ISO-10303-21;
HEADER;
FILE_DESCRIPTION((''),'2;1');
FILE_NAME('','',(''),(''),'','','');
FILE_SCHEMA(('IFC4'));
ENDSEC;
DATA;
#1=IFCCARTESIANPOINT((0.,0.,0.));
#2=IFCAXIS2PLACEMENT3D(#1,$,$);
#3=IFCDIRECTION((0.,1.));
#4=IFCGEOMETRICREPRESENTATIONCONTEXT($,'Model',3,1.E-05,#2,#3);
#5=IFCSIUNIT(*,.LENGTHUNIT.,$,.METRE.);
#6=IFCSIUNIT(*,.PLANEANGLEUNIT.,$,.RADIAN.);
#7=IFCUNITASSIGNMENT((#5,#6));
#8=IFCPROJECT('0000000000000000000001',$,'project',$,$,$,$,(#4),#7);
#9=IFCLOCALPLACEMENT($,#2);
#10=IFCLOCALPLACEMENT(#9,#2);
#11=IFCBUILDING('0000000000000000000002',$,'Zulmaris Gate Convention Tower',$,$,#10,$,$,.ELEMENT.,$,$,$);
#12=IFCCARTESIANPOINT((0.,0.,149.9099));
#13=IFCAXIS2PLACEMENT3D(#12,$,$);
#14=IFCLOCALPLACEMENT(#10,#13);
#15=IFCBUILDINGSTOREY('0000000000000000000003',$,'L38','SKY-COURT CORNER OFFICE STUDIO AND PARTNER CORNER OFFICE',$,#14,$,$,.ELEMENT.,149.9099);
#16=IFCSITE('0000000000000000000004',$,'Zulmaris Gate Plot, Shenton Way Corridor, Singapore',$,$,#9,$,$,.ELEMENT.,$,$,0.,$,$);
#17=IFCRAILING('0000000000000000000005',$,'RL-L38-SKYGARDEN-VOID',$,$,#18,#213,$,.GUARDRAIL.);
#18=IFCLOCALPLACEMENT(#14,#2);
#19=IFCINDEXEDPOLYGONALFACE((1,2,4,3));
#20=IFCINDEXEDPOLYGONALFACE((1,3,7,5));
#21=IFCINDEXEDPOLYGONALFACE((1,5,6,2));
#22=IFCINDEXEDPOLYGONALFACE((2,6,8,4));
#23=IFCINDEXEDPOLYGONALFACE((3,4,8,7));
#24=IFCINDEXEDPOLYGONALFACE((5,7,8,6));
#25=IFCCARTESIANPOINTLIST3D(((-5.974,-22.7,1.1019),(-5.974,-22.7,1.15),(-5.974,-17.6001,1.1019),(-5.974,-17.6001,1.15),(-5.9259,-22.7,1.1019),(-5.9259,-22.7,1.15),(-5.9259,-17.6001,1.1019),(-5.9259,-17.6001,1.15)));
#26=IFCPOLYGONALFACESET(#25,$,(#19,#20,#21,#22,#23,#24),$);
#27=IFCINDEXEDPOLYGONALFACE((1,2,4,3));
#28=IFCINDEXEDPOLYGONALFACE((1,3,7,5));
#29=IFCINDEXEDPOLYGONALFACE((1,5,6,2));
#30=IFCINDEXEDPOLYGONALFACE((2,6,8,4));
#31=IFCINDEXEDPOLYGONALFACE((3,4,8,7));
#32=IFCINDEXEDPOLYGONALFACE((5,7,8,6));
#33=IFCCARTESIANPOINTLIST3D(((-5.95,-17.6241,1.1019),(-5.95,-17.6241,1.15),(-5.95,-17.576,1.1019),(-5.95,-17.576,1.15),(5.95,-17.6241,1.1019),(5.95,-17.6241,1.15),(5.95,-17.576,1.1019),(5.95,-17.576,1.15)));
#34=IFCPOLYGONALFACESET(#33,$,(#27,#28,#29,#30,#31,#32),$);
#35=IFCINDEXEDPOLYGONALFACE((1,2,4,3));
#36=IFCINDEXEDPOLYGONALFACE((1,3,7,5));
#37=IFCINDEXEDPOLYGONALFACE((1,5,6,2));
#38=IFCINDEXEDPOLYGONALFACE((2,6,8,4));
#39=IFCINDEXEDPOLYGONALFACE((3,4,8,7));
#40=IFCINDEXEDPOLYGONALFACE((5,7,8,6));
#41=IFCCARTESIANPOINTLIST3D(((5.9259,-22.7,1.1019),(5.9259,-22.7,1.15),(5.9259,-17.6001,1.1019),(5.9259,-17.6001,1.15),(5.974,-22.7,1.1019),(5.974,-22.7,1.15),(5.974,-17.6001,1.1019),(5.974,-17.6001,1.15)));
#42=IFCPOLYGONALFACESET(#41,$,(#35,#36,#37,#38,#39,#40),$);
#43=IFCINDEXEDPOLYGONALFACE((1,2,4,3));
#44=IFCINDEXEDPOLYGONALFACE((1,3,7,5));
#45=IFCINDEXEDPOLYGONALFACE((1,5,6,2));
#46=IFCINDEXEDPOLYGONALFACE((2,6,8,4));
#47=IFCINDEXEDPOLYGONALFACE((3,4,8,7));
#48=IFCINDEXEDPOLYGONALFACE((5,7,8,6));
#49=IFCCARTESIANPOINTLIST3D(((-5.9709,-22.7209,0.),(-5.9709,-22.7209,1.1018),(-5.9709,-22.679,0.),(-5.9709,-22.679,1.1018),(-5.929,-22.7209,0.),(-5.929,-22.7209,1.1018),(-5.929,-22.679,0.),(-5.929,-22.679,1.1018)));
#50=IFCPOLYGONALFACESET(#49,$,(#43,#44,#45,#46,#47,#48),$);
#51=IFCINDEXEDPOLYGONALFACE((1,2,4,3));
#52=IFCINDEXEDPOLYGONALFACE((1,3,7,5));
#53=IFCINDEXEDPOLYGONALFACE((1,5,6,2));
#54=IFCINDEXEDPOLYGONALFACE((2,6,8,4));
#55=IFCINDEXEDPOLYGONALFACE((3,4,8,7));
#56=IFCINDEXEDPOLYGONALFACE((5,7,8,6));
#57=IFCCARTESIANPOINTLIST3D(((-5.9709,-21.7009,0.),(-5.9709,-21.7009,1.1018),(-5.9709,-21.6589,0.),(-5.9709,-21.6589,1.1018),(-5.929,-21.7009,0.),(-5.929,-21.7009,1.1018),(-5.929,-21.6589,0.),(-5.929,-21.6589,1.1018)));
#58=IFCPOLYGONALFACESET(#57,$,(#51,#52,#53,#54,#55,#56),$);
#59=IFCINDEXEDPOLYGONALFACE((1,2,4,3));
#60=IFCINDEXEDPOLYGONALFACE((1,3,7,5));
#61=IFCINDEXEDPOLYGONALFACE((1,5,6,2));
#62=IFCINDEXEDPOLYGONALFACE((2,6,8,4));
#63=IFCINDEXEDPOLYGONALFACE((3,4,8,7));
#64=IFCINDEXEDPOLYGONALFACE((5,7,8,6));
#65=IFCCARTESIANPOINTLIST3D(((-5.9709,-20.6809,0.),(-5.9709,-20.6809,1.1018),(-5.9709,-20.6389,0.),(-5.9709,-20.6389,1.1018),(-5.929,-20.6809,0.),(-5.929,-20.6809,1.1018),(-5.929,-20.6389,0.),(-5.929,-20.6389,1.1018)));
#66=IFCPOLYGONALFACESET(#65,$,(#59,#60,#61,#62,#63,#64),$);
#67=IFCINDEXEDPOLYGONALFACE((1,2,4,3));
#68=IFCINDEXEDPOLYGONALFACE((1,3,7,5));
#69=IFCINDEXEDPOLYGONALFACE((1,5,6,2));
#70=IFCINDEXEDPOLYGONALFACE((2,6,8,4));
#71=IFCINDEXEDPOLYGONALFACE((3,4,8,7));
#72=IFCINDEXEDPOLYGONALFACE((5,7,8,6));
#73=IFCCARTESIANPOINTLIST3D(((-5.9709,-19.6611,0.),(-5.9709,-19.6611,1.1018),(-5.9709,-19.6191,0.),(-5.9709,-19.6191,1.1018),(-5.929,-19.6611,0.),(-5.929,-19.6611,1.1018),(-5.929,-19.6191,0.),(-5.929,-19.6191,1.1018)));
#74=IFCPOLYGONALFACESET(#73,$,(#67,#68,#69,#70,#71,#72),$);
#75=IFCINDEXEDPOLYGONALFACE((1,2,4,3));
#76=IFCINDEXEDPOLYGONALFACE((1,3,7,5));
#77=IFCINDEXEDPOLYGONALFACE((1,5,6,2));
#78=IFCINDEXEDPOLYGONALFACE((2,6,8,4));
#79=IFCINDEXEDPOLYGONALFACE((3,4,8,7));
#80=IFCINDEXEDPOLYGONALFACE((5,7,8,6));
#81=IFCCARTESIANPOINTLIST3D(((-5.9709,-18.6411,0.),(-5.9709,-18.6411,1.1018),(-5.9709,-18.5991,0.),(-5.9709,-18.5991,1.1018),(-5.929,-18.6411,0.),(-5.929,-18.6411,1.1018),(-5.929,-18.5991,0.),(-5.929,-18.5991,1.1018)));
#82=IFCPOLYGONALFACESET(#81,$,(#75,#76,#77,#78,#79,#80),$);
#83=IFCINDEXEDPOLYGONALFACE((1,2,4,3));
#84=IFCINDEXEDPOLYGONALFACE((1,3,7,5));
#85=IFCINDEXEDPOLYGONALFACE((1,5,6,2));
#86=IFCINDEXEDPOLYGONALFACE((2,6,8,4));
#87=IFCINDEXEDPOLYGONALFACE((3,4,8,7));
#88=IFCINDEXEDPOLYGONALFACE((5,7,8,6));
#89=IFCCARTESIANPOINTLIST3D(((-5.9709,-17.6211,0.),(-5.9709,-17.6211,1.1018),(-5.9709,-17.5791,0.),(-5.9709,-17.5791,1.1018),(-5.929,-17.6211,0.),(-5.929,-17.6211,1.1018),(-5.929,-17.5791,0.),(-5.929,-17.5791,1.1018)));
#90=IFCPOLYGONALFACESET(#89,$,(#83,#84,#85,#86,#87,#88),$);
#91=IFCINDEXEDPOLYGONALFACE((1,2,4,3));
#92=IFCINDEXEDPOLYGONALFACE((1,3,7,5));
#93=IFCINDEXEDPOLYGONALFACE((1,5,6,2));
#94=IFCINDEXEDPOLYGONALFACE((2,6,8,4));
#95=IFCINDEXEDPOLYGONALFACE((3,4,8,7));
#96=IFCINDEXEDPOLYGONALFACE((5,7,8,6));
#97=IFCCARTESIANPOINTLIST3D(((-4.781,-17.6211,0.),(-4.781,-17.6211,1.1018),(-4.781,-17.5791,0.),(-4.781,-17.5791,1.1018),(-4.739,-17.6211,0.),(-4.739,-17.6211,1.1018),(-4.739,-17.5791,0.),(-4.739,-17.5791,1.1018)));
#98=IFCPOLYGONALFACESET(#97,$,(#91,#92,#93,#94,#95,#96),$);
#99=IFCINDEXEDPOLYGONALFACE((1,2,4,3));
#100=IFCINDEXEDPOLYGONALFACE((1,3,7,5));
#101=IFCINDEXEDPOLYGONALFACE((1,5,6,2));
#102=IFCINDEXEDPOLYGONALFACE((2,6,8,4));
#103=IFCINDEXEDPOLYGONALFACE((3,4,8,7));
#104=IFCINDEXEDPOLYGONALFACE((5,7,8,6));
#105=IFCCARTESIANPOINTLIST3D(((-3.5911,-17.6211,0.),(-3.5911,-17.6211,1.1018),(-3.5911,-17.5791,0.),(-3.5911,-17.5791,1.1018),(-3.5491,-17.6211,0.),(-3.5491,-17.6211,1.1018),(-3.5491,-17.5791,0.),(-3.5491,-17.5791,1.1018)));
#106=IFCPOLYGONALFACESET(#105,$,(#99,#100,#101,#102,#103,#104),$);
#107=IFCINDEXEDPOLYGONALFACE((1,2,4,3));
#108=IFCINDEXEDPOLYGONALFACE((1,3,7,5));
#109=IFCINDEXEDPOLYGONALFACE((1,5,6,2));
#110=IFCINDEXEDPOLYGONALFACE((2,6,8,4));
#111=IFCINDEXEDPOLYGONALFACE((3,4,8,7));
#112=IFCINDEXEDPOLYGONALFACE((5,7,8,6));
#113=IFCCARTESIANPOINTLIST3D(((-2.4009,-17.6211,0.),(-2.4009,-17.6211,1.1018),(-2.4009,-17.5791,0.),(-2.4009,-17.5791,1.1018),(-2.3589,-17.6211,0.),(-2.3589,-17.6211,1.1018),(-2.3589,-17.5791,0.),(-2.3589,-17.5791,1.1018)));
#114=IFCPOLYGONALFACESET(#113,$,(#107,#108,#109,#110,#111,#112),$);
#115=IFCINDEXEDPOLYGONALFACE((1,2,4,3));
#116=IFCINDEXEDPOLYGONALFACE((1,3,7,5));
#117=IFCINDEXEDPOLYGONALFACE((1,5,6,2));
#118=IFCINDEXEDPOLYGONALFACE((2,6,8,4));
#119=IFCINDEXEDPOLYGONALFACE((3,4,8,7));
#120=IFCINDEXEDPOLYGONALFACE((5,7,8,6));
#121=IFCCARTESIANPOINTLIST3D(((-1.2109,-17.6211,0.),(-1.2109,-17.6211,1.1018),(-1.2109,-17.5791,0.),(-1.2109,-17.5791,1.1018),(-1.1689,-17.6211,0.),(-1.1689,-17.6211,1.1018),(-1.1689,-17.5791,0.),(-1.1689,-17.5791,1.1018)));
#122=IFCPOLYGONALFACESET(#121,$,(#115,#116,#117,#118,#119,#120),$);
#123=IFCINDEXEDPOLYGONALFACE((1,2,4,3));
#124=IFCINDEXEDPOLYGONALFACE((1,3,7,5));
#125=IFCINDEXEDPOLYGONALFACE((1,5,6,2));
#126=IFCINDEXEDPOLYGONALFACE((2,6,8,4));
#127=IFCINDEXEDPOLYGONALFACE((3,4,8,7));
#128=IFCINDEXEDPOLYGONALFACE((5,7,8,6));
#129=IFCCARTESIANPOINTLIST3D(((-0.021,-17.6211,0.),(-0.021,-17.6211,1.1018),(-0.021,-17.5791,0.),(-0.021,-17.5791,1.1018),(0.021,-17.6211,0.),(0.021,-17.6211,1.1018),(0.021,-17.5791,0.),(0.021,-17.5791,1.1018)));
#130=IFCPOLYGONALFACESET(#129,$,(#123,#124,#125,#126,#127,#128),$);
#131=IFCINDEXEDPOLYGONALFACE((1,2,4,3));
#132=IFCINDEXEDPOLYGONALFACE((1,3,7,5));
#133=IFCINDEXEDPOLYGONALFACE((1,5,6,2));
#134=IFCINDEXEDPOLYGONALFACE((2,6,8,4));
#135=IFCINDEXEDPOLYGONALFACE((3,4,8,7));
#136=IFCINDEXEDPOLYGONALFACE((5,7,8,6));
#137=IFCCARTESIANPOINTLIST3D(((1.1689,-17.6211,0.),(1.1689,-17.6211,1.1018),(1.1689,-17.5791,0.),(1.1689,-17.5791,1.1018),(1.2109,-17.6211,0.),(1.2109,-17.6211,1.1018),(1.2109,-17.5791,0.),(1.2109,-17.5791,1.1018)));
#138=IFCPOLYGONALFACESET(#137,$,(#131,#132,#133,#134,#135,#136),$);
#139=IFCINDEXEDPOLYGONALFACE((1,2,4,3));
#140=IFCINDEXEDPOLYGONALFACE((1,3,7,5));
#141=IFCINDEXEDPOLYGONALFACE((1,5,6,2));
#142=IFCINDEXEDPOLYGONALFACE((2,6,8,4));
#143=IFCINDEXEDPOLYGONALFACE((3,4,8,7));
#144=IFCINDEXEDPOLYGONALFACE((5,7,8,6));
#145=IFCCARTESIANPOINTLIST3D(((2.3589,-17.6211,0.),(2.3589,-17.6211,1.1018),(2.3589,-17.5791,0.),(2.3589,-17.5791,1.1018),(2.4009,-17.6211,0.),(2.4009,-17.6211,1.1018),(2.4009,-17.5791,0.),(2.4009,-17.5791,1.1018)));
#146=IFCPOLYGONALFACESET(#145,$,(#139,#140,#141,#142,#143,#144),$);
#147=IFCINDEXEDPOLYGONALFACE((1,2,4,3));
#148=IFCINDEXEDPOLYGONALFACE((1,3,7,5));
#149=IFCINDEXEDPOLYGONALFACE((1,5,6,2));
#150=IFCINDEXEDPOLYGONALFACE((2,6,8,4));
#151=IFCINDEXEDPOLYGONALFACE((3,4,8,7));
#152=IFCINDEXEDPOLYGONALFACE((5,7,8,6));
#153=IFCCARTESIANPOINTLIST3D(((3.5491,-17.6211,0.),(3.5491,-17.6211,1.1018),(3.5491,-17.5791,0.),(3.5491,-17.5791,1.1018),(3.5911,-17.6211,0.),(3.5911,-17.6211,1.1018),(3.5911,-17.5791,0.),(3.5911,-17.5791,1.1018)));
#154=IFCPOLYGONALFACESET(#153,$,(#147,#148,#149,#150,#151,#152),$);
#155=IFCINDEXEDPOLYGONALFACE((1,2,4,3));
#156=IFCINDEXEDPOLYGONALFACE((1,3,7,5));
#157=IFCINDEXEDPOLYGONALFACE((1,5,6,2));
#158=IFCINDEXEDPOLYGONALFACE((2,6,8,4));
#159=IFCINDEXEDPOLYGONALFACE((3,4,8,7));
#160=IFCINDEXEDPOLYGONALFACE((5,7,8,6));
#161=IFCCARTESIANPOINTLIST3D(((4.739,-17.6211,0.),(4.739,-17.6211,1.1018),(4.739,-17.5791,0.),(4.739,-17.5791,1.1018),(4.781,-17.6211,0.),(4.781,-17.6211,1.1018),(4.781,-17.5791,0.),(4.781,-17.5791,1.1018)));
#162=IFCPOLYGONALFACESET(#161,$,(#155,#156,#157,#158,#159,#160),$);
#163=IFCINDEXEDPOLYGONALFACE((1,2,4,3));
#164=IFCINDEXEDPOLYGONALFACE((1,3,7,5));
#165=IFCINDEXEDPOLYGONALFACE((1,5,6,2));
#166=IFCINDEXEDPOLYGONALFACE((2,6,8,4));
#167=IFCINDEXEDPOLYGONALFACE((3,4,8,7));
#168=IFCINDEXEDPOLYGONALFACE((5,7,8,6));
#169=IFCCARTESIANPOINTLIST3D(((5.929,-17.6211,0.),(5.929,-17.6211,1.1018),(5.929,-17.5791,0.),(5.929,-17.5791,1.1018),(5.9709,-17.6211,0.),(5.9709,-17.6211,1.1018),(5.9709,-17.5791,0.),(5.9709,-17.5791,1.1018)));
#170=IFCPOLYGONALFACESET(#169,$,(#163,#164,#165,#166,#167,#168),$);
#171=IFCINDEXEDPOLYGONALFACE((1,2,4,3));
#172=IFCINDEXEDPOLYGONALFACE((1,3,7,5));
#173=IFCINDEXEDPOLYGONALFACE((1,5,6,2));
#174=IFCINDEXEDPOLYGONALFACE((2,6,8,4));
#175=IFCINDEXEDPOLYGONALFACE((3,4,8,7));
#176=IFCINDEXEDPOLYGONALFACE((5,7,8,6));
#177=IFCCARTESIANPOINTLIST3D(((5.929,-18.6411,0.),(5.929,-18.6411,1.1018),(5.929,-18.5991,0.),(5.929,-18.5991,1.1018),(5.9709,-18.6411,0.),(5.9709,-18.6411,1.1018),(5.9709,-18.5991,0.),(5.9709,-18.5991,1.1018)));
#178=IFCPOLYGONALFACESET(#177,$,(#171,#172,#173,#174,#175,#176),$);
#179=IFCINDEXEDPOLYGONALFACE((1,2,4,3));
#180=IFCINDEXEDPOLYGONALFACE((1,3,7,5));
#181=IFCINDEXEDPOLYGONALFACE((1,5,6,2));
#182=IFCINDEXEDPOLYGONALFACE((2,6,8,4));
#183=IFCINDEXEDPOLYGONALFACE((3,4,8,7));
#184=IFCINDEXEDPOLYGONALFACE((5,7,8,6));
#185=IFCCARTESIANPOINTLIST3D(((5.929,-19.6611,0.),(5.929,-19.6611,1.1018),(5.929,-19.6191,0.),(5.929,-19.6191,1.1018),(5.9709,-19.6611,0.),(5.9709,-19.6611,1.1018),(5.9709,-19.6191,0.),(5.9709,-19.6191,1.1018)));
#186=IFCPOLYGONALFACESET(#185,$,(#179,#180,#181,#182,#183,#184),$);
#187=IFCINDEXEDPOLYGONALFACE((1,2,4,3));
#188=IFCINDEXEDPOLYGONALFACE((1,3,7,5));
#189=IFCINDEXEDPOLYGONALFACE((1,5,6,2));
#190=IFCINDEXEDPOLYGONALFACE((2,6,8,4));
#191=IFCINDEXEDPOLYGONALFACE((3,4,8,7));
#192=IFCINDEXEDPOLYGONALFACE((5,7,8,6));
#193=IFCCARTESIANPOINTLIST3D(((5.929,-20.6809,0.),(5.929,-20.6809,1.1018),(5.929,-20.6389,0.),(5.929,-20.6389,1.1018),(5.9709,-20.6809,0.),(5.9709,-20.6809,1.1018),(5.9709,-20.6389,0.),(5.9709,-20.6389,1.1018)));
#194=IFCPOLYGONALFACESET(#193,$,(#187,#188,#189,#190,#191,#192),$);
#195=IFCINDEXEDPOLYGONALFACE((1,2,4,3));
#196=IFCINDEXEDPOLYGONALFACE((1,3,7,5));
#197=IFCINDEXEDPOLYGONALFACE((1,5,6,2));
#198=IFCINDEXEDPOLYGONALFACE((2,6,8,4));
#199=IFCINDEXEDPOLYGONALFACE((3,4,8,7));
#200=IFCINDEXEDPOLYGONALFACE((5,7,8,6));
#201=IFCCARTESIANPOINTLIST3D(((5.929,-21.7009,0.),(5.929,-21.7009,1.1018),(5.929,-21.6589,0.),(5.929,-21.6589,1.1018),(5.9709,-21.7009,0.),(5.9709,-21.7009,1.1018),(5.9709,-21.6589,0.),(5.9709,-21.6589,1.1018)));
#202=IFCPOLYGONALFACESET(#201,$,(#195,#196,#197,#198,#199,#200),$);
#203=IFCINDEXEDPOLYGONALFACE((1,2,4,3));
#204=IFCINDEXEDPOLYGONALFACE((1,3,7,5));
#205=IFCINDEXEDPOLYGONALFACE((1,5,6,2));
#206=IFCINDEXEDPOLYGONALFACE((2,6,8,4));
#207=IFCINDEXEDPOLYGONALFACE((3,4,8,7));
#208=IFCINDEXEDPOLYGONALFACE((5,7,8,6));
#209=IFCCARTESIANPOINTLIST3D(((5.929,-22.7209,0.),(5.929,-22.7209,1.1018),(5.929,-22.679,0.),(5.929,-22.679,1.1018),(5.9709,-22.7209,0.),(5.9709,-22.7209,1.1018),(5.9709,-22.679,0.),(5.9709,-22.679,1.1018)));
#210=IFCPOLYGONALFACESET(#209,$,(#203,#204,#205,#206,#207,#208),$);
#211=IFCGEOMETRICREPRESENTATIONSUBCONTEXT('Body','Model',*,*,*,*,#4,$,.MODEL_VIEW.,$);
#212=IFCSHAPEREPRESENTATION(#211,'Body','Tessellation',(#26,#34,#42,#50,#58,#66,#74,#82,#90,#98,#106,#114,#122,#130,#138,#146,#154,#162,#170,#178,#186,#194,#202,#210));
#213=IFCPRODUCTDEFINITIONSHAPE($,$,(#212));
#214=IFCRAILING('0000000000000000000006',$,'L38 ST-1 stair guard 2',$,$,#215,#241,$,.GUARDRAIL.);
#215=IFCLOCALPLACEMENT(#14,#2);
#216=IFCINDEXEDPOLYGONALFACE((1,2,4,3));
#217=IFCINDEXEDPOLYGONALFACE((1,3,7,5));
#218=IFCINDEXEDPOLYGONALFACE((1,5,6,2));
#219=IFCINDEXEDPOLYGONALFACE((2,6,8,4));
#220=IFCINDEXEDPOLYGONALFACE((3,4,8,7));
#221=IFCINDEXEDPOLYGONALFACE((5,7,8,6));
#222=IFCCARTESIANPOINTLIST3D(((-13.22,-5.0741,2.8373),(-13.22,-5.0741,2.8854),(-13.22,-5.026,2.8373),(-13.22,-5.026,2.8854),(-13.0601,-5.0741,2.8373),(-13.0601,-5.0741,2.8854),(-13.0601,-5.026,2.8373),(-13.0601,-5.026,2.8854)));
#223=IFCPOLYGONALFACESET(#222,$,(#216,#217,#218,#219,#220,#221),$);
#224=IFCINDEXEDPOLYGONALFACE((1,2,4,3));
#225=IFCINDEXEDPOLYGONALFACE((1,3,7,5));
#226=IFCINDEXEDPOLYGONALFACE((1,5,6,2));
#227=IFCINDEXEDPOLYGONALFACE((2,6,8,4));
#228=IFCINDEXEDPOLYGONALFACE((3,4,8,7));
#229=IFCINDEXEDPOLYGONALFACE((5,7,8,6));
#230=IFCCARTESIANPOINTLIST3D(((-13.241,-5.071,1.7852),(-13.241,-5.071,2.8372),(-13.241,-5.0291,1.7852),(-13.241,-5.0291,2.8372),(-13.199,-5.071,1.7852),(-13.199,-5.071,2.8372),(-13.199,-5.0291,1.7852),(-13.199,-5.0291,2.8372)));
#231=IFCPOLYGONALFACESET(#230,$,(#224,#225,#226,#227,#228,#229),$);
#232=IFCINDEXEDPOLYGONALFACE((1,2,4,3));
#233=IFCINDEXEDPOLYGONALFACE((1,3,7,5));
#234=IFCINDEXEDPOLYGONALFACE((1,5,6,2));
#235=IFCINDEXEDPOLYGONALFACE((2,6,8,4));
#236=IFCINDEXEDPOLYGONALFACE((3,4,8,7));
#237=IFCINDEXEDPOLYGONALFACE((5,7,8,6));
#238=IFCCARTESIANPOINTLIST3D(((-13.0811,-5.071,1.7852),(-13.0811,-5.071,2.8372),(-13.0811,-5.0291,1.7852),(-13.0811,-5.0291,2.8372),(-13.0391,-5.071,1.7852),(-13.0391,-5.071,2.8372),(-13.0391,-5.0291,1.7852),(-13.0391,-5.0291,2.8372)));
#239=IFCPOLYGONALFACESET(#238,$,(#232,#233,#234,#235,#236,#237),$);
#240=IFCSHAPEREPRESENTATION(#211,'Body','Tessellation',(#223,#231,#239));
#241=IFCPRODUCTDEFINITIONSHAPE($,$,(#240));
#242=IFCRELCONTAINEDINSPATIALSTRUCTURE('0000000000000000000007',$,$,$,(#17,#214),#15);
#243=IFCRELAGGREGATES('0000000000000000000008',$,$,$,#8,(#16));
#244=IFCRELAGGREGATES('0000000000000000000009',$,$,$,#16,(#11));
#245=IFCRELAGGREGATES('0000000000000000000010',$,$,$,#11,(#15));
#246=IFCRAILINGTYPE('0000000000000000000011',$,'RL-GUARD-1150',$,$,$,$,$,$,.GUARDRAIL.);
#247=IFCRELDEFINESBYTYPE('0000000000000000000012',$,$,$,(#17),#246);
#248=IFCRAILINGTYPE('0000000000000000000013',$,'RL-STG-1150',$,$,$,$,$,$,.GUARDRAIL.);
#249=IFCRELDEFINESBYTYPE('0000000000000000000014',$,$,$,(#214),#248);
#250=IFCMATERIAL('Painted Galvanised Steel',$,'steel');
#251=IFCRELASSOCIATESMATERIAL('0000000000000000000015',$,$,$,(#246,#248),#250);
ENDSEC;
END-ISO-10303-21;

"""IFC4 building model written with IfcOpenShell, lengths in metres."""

from ifc_helpers import new_model, si_unit, direction, frame, origin, origin_2d, place, context, subcontext, project, spatial, rectangle, extrude, material, type_object, element, save


model = new_model("IFC4")

# Units and contexts
model_context = context("Model", 3, precision=1e-05, world=origin(), true_north=direction((0.0, 1.0)))
body_context = subcontext(model_context, "Body", "Model", "MODEL_VIEW")
ifc_project = project(units=[si_unit("LENGTHUNIT", "METRE"), si_unit("PLANEANGLEUNIT", "RADIAN")], contexts=[model_context])

# Site, building, storey
site_placement = place(None, origin())
site = spatial("IfcSite", under=ifc_project, at=site_placement, Name="Zulmaris Gate Plot, Shenton Way Corridor, Singapore", CompositionType="ELEMENT", RefElevation=0.0)
building_placement = place(site_placement, origin())
building = spatial("IfcBuilding", under=site, at=building_placement, Name="Zulmaris Gate Convention Tower", CompositionType="ELEMENT")
storey_placement = place(building_placement, frame((0.0, 0.0, 149.9099)))
storey = spatial("IfcBuildingStorey", under=building, at=storey_placement, Name="L38", Description="SKY-COURT CORNER OFFICE STUDIO AND PARTNER CORNER OFFICE", CompositionType="ELEMENT", Elevation=149.9099)

# Railings
ifc_material_1 = material(Name="Painted Galvanised Steel", Category="steel")
railing_type_1 = type_object("IfcRailingType", Name="RL-GUARD-1150", PredefinedType="GUARDRAIL", material=ifc_material_1)
railing_1_placement = place(storey_placement, frame((-5.95, -22.7, 0.0)))
element("IfcRailing", 1, at=railing_1_placement, inside=storey, type_object=railing_type_1, Name="RL-L38-SKYGARDEN-VOID", PredefinedType="GUARDRAIL", context=body_context, shape_type="SweptSolid", body=[
    extrude(rectangle(XDim=0.0481, YDim=0.0481, at=origin_2d()), frame((0.0, 0.0, 1.126), z_axis=(0.0, 1.0, 0.0), x_axis=(-1.0, 0.0, 0.0)), (0.0, 0.0, 1.0), 5.0999),
    extrude(rectangle(XDim=0.0481, YDim=0.0481, at=origin_2d()), frame((0.0, 5.0999, 1.126), z_axis=(1.0, 0.0, 0.0), x_axis=(0.0, 1.0, 0.0)), (0.0, 0.0, 1.0), 11.8999),
    extrude(rectangle(XDim=0.0481, YDim=0.0481, at=origin_2d()), frame((11.8999, 5.0999, 1.126), z_axis=(0.0, -1.0, 0.0), x_axis=(1.0, 0.0, 0.0)), (0.0, 0.0, 1.0), 5.0999),
    extrude(rectangle(XDim=0.042, YDim=0.042, at=origin_2d()), origin(), (0.0, 0.0, 1.0), 1.1018),
    extrude(rectangle(XDim=0.042, YDim=0.042, at=origin_2d()), frame((0.0, 1.02, 0.0)), (0.0, 0.0, 1.0), 1.1018),
    extrude(rectangle(XDim=0.042, YDim=0.042, at=origin_2d()), frame((0.0, 2.04, 0.0)), (0.0, 0.0, 1.0), 1.1018),
    extrude(rectangle(XDim=0.042, YDim=0.042, at=origin_2d()), frame((0.0, 3.0598, 0.0)), (0.0, 0.0, 1.0), 1.1018),
    extrude(rectangle(XDim=0.042, YDim=0.042, at=origin_2d()), frame((0.0, 4.0798, 0.0)), (0.0, 0.0, 1.0), 1.1018),
    extrude(rectangle(XDim=0.042, YDim=0.042, at=origin_2d()), frame((0.0, 5.0999, 0.0)), (0.0, 0.0, 1.0), 1.1018),
    extrude(rectangle(XDim=0.042, YDim=0.042, at=origin_2d()), frame((1.1899, 5.0999, 0.0)), (0.0, 0.0, 1.0), 1.1018),
    extrude(rectangle(XDim=0.042, YDim=0.042, at=origin_2d()), frame((2.3799, 5.0999, 0.0)), (0.0, 0.0, 1.0), 1.1018),
    extrude(rectangle(XDim=0.042, YDim=0.042, at=origin_2d()), frame((3.5701, 5.0999, 0.0)), (0.0, 0.0, 1.0), 1.1018),
    extrude(rectangle(XDim=0.042, YDim=0.042, at=origin_2d()), frame((4.76, 5.0999, 0.0)), (0.0, 0.0, 1.0), 1.1018),
    extrude(rectangle(XDim=0.042, YDim=0.042, at=origin_2d()), frame((5.95, 5.0999, 0.0)), (0.0, 0.0, 1.0), 1.1018),
    extrude(rectangle(XDim=0.042, YDim=0.042, at=origin_2d()), frame((7.1399, 5.0999, 0.0)), (0.0, 0.0, 1.0), 1.1018),
    extrude(rectangle(XDim=0.042, YDim=0.042, at=origin_2d()), frame((8.3298, 5.0999, 0.0)), (0.0, 0.0, 1.0), 1.1018),
    extrude(rectangle(XDim=0.042, YDim=0.042, at=origin_2d()), frame((9.52, 5.0999, 0.0)), (0.0, 0.0, 1.0), 1.1018),
    extrude(rectangle(XDim=0.042, YDim=0.042, at=origin_2d()), frame((10.71, 5.0999, 0.0)), (0.0, 0.0, 1.0), 1.1018),
    extrude(rectangle(XDim=0.042, YDim=0.042, at=origin_2d()), frame((11.8999, 5.0999, 0.0)), (0.0, 0.0, 1.0), 1.1018),
    extrude(rectangle(XDim=0.042, YDim=0.042, at=origin_2d()), frame((11.8999, 4.0798, 0.0)), (0.0, 0.0, 1.0), 1.1018),
    extrude(rectangle(XDim=0.042, YDim=0.042, at=origin_2d()), frame((11.8999, 3.0598, 0.0)), (0.0, 0.0, 1.0), 1.1018),
    extrude(rectangle(XDim=0.042, YDim=0.042, at=origin_2d()), frame((11.8999, 2.04, 0.0)), (0.0, 0.0, 1.0), 1.1018),
    extrude(rectangle(XDim=0.042, YDim=0.042, at=origin_2d()), frame((11.8999, 1.02, 0.0)), (0.0, 0.0, 1.0), 1.1018),
    extrude(rectangle(XDim=0.042, YDim=0.042, at=origin_2d()), frame((11.8999, 0.0, 0.0)), (0.0, 0.0, 1.0), 1.1018),
])
railing_type_2 = type_object("IfcRailingType", Name="RL-STG-1150", PredefinedType="GUARDRAIL", material=ifc_material_1)
railing_2_placement = place(storey_placement, frame((-13.22, -5.05, 1.7852)))
element("IfcRailing", 2, at=railing_2_placement, inside=storey, type_object=railing_type_2, Name="L38 ST-1 stair guard 2", PredefinedType="GUARDRAIL", context=body_context, shape_type="SweptSolid", body=[
    extrude(rectangle(XDim=0.0481, YDim=0.0481, at=origin_2d()), frame((0.0, 0.0, 1.0762), z_axis=(1.0, 0.0, 0.0), x_axis=(0.0, 1.0, 0.0)), (0.0, 0.0, 1.0), 0.1599),
    extrude(rectangle(XDim=0.042, YDim=0.042, at=origin_2d()), origin(), (0.0, 0.0, 1.0), 1.052),
    extrude(rectangle(XDim=0.042, YDim=0.042, at=origin_2d()), frame((0.1599, 0.0, 0.0)), (0.0, 0.0, 1.0), 1.052),
])

save(model, "model.ifc")
